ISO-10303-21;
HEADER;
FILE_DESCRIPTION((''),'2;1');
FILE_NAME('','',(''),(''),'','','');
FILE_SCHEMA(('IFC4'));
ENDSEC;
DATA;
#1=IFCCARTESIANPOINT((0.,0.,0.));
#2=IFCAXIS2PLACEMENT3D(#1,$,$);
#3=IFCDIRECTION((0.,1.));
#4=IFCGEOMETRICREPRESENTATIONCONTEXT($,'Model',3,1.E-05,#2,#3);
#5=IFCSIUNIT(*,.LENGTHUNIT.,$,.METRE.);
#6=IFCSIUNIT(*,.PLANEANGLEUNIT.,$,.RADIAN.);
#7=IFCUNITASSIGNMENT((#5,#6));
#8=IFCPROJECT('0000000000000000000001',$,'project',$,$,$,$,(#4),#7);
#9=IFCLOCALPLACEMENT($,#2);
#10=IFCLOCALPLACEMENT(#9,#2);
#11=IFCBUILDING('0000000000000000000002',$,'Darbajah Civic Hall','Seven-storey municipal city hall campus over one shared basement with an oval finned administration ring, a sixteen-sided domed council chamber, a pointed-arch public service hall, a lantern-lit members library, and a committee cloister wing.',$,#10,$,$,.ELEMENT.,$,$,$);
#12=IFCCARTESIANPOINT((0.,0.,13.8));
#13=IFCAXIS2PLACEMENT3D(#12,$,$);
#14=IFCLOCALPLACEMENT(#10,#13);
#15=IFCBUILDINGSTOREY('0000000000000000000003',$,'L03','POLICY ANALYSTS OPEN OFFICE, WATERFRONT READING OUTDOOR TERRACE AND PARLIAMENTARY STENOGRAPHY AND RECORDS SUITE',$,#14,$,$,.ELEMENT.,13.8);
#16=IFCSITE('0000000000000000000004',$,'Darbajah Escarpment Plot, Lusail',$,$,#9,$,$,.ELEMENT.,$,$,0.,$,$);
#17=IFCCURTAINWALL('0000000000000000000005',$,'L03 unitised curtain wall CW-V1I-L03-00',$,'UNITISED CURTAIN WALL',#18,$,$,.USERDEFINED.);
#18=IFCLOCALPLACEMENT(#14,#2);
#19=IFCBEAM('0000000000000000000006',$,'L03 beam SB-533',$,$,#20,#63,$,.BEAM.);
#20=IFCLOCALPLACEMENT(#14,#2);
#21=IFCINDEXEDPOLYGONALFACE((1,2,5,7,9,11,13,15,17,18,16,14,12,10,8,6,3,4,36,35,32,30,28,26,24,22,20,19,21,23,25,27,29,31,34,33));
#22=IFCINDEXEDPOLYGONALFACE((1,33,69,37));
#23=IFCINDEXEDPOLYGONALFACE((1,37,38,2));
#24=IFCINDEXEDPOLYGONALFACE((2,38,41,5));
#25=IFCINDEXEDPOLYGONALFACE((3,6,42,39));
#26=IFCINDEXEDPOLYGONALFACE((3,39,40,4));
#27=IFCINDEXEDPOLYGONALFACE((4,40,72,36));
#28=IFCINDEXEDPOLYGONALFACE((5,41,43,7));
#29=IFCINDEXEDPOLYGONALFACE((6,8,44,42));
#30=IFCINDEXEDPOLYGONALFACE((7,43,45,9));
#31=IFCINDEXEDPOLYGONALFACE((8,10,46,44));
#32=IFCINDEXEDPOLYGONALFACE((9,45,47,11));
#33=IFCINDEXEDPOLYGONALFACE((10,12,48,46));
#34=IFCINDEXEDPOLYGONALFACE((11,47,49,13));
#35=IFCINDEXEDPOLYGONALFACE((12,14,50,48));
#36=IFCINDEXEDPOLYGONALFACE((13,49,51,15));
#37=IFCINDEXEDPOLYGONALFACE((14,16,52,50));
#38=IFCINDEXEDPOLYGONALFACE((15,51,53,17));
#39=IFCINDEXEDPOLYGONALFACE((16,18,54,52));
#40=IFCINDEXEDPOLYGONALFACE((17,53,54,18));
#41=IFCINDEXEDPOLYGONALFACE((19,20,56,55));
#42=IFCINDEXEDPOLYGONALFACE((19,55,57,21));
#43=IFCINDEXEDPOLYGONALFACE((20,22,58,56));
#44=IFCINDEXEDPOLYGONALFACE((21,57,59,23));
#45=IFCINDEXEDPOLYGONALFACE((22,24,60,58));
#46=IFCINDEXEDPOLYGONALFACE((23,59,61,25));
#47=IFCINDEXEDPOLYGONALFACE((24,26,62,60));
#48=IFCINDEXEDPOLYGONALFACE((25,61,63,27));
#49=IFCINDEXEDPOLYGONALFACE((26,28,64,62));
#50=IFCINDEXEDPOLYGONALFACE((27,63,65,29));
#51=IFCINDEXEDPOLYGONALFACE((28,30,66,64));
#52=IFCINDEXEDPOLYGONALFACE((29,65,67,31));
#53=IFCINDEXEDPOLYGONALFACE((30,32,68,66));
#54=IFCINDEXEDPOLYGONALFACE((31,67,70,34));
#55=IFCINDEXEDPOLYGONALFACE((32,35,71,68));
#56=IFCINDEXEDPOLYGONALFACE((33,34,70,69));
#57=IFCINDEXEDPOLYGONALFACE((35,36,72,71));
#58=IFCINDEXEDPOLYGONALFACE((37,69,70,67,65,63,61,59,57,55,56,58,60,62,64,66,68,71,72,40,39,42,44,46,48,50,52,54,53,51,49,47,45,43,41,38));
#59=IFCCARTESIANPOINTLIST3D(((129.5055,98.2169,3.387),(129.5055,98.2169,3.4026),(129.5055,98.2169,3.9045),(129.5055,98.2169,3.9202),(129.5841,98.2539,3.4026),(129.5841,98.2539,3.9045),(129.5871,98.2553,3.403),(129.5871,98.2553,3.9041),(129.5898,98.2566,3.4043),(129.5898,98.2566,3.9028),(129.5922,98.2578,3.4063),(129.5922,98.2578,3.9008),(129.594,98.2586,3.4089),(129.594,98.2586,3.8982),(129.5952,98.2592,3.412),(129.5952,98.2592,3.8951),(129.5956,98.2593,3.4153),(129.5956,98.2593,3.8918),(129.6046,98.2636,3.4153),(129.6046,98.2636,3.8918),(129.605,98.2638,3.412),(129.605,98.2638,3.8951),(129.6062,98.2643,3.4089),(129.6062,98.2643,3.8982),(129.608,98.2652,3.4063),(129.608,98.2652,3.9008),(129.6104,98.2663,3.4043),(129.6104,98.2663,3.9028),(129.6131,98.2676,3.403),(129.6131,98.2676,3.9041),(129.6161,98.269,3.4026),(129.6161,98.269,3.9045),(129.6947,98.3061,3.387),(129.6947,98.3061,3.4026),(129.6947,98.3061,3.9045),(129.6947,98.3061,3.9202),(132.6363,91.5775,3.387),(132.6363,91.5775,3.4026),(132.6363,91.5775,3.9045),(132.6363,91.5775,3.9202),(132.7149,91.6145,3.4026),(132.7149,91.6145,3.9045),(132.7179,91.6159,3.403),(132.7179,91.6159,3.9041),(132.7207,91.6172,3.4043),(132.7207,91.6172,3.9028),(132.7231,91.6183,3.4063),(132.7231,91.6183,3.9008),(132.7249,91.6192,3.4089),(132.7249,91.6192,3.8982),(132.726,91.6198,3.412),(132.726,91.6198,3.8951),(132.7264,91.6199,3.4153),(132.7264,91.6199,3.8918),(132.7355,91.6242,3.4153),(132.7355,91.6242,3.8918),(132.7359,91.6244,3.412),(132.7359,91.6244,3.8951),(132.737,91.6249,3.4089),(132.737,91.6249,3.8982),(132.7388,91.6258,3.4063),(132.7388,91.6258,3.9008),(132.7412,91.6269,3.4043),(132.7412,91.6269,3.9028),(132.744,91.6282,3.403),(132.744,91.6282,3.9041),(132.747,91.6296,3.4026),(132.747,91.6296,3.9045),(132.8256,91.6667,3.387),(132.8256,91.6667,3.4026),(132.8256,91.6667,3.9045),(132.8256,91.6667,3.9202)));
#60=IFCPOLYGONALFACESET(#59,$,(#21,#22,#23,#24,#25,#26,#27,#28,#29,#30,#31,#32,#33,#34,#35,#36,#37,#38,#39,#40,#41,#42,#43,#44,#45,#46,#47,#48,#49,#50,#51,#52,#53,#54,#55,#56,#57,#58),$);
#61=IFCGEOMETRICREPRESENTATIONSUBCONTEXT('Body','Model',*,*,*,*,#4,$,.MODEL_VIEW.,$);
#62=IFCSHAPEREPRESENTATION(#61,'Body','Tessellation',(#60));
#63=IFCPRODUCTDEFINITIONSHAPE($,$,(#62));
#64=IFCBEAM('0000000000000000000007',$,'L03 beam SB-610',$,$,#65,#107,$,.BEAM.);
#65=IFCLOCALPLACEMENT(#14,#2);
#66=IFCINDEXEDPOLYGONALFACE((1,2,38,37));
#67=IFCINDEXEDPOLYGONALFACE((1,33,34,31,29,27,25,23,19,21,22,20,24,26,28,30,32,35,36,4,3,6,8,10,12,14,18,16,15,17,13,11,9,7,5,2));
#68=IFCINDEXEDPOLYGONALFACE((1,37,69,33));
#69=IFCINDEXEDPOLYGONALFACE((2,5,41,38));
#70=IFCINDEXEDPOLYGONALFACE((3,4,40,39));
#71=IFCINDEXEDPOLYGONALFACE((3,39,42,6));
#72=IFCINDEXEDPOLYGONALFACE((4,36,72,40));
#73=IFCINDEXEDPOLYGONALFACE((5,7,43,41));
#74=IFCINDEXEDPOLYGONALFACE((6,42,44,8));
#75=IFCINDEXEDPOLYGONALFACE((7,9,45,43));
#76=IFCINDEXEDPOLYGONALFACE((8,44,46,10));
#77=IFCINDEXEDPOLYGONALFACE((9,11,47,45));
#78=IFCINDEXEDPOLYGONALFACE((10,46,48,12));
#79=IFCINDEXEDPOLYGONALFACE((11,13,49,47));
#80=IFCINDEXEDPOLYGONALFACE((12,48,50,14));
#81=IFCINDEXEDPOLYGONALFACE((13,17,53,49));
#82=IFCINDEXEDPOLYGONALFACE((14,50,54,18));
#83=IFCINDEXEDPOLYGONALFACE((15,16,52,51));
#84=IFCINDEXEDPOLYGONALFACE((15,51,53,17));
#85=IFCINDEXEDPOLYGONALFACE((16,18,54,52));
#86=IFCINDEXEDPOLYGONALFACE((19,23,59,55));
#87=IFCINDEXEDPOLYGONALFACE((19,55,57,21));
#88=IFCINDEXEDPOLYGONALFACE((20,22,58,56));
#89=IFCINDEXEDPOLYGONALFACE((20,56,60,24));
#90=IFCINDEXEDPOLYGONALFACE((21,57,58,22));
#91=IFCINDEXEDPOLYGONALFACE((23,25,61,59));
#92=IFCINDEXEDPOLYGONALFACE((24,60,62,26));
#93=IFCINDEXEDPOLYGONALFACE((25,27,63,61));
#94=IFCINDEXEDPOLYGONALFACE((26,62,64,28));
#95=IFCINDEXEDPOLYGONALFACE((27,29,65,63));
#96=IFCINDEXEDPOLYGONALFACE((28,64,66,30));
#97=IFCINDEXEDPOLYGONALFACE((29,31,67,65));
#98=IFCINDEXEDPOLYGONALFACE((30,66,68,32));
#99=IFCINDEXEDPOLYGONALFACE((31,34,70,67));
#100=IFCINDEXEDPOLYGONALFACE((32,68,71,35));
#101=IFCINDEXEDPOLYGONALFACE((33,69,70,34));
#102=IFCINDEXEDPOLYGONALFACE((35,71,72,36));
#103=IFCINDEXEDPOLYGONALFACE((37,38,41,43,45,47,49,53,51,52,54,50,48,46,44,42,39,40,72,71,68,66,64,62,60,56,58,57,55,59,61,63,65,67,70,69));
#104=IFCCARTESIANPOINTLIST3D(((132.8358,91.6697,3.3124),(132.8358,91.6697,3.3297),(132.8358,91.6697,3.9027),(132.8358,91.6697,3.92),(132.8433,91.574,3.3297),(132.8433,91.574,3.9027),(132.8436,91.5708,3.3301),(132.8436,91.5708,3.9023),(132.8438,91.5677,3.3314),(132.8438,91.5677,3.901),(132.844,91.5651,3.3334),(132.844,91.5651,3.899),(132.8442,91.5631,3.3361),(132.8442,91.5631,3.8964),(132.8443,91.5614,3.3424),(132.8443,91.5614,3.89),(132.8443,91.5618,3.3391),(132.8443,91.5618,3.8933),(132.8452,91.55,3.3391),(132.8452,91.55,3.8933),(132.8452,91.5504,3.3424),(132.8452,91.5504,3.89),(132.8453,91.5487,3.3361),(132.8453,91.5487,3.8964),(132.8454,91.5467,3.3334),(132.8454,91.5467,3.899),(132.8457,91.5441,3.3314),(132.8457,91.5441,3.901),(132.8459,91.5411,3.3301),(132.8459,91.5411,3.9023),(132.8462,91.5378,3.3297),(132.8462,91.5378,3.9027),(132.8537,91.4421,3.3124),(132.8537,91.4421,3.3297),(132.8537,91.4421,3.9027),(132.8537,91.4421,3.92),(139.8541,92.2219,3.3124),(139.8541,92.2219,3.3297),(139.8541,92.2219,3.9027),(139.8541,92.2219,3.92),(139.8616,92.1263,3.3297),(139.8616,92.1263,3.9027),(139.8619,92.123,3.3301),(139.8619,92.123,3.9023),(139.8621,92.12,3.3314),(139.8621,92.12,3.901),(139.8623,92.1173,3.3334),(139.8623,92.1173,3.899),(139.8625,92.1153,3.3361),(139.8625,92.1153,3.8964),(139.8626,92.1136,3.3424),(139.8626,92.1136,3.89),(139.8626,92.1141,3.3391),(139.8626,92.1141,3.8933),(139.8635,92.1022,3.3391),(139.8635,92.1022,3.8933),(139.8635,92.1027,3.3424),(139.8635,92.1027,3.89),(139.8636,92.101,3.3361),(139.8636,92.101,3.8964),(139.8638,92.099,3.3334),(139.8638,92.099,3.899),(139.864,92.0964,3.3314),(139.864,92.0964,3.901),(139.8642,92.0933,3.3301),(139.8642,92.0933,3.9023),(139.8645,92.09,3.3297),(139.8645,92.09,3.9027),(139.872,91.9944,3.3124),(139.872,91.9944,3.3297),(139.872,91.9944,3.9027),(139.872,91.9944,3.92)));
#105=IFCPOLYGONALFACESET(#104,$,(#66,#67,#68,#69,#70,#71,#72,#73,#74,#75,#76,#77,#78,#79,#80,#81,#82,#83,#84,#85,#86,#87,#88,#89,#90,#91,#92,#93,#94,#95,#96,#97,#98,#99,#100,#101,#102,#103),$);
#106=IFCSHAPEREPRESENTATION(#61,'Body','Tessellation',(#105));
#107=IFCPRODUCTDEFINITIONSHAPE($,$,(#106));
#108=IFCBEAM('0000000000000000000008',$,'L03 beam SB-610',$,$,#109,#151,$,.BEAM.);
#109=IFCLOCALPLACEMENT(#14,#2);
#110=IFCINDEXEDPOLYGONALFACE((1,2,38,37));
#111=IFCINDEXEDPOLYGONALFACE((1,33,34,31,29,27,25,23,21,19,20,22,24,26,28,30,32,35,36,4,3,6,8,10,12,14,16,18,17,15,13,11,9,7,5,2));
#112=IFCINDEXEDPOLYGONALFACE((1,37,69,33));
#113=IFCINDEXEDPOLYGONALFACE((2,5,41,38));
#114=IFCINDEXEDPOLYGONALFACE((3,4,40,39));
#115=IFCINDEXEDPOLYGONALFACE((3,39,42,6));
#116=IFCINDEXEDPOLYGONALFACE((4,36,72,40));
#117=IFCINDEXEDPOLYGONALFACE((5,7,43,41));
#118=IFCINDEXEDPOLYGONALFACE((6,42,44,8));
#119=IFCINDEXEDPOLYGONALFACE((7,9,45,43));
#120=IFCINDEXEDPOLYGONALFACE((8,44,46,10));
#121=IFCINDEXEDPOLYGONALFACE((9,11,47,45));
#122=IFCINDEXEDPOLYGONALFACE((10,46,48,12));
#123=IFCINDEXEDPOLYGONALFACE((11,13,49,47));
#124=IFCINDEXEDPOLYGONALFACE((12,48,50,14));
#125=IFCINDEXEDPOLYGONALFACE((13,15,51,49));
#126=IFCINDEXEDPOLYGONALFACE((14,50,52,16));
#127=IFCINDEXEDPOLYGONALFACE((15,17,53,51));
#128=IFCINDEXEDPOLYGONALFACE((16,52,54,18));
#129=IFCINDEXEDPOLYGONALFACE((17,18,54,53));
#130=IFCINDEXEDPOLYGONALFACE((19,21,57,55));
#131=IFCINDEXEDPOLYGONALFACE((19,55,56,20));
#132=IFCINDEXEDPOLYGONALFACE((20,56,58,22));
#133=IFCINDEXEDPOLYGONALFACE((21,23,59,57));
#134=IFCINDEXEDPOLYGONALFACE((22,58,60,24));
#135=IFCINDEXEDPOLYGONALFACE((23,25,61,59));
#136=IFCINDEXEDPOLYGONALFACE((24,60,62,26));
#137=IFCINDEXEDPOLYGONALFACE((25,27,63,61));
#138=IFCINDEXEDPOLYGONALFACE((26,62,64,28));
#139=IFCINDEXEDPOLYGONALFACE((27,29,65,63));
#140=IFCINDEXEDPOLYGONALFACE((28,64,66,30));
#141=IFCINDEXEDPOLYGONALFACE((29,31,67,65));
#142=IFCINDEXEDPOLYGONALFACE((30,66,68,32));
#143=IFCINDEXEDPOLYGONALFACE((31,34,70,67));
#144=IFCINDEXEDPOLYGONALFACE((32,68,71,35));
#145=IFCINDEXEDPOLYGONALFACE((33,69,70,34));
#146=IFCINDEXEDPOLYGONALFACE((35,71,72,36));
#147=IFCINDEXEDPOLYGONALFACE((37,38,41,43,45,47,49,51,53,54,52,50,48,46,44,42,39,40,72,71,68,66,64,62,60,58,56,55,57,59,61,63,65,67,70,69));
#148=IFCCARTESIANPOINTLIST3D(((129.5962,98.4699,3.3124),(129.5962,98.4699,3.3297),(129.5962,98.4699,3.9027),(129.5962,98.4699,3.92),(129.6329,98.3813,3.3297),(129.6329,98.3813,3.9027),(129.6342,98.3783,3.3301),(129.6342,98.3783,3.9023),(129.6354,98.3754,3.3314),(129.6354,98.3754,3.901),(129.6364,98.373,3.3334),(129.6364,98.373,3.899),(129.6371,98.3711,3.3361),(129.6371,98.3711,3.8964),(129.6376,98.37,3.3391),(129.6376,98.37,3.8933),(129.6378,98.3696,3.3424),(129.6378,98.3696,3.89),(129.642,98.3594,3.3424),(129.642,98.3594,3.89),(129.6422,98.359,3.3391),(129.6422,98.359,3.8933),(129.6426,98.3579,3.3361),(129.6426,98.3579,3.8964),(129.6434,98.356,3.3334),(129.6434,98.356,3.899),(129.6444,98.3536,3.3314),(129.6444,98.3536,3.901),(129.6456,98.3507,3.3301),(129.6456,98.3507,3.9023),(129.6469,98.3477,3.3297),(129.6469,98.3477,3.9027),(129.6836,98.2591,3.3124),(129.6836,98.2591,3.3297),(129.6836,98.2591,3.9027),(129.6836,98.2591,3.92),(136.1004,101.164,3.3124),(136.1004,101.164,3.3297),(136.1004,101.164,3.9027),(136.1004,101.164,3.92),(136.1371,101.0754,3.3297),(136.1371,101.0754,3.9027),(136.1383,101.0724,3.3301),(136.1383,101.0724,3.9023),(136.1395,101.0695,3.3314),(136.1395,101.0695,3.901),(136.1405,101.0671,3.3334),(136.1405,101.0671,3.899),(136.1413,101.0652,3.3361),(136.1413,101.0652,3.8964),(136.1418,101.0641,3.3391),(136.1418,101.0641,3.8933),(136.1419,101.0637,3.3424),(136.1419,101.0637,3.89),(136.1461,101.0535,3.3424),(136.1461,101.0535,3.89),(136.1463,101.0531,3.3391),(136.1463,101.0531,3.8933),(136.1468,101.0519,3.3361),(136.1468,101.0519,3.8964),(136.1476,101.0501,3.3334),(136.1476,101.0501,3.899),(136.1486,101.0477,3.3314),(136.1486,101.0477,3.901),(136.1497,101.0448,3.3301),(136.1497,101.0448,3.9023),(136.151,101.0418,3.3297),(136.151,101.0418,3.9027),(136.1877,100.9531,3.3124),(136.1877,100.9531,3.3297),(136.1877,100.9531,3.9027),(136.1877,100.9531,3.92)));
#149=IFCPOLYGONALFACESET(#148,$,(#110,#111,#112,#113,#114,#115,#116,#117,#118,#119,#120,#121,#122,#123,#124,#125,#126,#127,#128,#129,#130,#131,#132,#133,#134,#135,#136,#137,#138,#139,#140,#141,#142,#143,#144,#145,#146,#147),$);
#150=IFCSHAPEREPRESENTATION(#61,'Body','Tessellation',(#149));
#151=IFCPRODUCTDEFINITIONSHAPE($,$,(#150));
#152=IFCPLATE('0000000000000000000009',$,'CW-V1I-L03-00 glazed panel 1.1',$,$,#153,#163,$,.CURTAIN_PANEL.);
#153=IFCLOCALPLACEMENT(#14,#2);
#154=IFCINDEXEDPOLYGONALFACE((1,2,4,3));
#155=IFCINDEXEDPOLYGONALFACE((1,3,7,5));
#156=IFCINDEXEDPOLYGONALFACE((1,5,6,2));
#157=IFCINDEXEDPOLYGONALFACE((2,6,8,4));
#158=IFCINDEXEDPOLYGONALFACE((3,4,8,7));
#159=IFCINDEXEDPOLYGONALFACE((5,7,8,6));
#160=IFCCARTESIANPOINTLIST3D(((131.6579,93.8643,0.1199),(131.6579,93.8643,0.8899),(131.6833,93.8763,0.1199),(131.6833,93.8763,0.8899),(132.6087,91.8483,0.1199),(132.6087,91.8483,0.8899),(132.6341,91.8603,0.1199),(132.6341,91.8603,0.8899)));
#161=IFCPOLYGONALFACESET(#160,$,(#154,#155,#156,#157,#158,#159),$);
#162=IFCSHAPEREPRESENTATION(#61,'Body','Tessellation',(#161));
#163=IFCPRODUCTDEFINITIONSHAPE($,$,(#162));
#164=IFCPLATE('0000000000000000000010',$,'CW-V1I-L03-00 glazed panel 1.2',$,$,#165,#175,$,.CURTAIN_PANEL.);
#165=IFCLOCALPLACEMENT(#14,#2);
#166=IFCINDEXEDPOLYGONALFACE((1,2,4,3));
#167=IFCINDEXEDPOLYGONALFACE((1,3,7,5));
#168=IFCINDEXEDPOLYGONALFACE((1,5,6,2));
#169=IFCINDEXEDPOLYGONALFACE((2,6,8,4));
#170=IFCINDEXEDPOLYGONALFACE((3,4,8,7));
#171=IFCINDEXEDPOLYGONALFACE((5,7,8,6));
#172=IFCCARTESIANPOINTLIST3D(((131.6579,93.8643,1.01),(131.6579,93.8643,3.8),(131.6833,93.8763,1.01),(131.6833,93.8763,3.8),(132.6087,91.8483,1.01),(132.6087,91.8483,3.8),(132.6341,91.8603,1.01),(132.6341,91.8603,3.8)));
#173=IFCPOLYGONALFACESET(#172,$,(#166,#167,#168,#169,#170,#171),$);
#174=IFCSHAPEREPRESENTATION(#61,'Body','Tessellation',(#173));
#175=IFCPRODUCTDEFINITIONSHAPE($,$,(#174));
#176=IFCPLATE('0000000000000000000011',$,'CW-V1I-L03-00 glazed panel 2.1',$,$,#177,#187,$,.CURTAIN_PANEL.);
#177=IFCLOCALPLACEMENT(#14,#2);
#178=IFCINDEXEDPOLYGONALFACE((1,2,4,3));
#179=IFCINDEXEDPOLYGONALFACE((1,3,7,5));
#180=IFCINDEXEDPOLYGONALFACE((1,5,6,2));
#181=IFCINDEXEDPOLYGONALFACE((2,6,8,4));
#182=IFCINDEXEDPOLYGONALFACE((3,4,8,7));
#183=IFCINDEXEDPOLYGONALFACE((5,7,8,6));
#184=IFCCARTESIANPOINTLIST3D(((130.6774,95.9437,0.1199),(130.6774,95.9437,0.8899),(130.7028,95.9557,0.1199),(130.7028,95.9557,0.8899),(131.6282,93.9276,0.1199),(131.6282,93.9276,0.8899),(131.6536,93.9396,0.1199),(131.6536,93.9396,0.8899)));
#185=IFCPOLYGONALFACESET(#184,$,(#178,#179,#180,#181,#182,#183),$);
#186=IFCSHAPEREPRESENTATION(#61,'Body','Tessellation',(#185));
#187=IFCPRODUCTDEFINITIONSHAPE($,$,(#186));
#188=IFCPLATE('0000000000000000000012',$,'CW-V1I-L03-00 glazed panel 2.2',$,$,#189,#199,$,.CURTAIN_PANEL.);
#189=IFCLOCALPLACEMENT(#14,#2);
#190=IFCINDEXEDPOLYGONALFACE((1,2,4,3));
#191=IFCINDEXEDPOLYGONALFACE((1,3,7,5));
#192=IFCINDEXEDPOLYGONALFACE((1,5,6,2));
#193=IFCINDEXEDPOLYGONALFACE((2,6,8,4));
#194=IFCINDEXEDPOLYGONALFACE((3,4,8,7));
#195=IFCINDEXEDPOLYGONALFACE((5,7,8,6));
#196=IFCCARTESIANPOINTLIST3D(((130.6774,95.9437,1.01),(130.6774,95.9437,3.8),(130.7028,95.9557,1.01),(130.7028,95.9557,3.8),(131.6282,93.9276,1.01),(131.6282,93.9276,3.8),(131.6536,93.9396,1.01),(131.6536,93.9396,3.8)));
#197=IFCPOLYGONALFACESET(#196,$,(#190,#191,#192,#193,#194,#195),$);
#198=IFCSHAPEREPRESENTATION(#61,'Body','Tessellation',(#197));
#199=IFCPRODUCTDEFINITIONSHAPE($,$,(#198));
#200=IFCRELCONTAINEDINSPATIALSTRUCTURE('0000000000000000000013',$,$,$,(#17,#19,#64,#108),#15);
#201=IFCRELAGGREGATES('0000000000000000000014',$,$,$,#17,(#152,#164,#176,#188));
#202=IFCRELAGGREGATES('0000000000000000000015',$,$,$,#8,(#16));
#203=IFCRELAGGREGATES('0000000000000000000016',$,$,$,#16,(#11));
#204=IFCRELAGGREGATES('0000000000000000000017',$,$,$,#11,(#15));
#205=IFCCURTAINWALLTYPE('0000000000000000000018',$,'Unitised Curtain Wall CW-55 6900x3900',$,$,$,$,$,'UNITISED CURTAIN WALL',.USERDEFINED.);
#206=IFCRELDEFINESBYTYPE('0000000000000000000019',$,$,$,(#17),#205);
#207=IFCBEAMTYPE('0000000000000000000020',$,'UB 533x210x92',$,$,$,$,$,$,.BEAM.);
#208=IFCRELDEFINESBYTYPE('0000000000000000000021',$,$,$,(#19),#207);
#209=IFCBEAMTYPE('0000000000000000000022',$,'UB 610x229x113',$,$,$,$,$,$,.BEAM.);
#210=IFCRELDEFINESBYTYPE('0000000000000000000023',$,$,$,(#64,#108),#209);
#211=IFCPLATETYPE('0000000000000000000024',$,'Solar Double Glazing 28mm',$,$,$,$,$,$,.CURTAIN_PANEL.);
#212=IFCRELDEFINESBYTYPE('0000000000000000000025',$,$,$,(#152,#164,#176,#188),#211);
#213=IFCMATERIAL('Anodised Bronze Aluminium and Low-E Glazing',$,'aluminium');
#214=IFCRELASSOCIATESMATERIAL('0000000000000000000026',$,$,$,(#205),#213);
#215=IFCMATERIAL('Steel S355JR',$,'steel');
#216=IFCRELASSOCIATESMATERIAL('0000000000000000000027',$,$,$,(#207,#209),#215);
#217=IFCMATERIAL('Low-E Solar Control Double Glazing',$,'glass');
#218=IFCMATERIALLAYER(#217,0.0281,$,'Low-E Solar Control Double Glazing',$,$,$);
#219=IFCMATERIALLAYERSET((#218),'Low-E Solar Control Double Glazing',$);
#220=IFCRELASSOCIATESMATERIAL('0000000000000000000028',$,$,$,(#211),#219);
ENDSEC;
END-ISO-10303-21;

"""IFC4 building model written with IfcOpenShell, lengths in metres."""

from ifc_helpers import new_model, si_unit, direction, frame, origin, origin_2d, place, context, subcontext, project, spatial, rectangle, i_section, extrude, material, layer, layer_set, material_profile, profile_set, type_object, element, aggregate, save


model = new_model("IFC4")

# Units and contexts
model_context = context("Model", 3, precision=1e-05, world=origin(), true_north=direction((0.0, 1.0)))
body_context = subcontext(model_context, "Body", "Model", "MODEL_VIEW")
ifc_project = project(units=[si_unit("LENGTHUNIT", "METRE"), si_unit("PLANEANGLEUNIT", "RADIAN")], contexts=[model_context])

# Site, building, storey
site_placement = place(None, origin())
site = spatial("IfcSite", under=ifc_project, at=site_placement, Name="Darbajah Escarpment Plot, Lusail", CompositionType="ELEMENT", RefElevation=0.0)
building_placement = place(site_placement, origin())
building = spatial("IfcBuilding", under=site, at=building_placement, Name="Darbajah Civic Hall", Description="Seven-storey municipal city hall campus over one shared basement with an oval finned administration ring, a sixteen-sided domed council chamber, a pointed-arch public service hall, a lantern-lit members library, and a committee cloister wing.", CompositionType="ELEMENT")
storey_placement = place(building_placement, frame((0.0, 0.0, 13.8)))
storey = spatial("IfcBuildingStorey", under=building, at=storey_placement, Name="L03", Description="POLICY ANALYSTS OPEN OFFICE, WATERFRONT READING OUTDOOR TERRACE AND PARLIAMENTARY STENOGRAPHY AND RECORDS SUITE", CompositionType="ELEMENT", Elevation=13.8)

# Curtain wall
ifc_material_1 = material(Name="Anodised Bronze Aluminium and Low-E Glazing", Category="aluminium")
curtain_wall_type = type_object("IfcCurtainWallType", Name="Unitised Curtain Wall CW-55 6900x3900", ElementType="UNITISED CURTAIN WALL", PredefinedType="USERDEFINED", material=ifc_material_1)
curtain_wall_placement = place(storey_placement, origin())
curtain_wall = element("IfcCurtainWall", 1, at=curtain_wall_placement, inside=storey, type_object=curtain_wall_type, Name="L03 unitised curtain wall CW-V1I-L03-00", ObjectType="UNITISED CURTAIN WALL", PredefinedType="USERDEFINED")

# Beams
ifc_material_2 = material(Name="Steel S355JR", Category="steel")
ifc_material_profile_1 = material_profile(ifc_material_2, i_section(OverallWidth=0.2092, OverallDepth=0.5332, WebThickness=0.01, FlangeThickness=0.0156, FilletRadius=0.0127, at=origin_2d()), Name="UB 533x210x92")
ifc_profile_set_1 = profile_set([ifc_material_profile_1], Name="Steel S355JR")
beam_type_1 = type_object("IfcBeamType", Name="UB 533x210x92", PredefinedType="BEAM", material=ifc_profile_set_1)
beam_1_placement = place(storey_placement, frame((132.731, 91.6221, 3.6536), z_axis=(-0.426514, 0.904481, 0.0), x_axis=(-0.904481, -0.426514, 0.0)))
element("IfcBeam", 2, at=beam_1_placement, inside=storey, type_object=beam_type_1, Name="L03 beam SB-533", PredefinedType="BEAM", context=body_context, shape_type="SweptSolid", body=[
    extrude(i_section(OverallWidth=0.2092, OverallDepth=0.5332, WebThickness=0.01, FlangeThickness=0.0156, FilletRadius=0.0127, at=origin_2d()), origin(), (0.0, 0.0, 1.0), 7.3406),
])
ifc_material_profile_2 = material_profile(ifc_material_2, i_section(OverallWidth=0.2283, OverallDepth=0.6077, WebThickness=0.011, FlangeThickness=0.0173, FilletRadius=0.0127, at=origin_2d()), Name="UB 610x229x113")
ifc_profile_set_2 = profile_set([ifc_material_profile_2], Name="Steel S355JR")
beam_type_2 = type_object("IfcBeamType", Name="UB 610x229x113", PredefinedType="BEAM", material=ifc_profile_set_2)
for number, where, z_axis, x_axis, name in (
    (3, (132.8447, 91.5559, 3.6162), (0.996919, 0.078444, 0.0), (-0.078444, 0.996919, 0.0), "L03 beam SB-610"),
    (4, (129.6399, 98.3645, 3.6162), (0.92388, 0.382682, 0.0), (-0.382682, 0.92388, 0.0), "L03 beam SB-610"),
):
    element("IfcBeam", number, at=place(storey_placement, frame(where, z_axis=z_axis, x_axis=x_axis)), inside=storey, type_object=beam_type_2, Name=name, PredefinedType="BEAM", context=body_context, shape_type="SweptSolid", body=[
        extrude(i_section(OverallWidth=0.2283, OverallDepth=0.6077, WebThickness=0.011, FlangeThickness=0.0173, FilletRadius=0.0127, at=origin_2d()), origin(), (0.0, 0.0, 1.0), 7.04),
    ])

# Plates
ifc_material_3 = material(Name="Low-E Solar Control Double Glazing", Category="glass")
ifc_layer_1 = layer(ifc_material_3, 0.0281, Name="Low-E Solar Control Double Glazing")
ifc_layer_set_1 = layer_set([ifc_layer_1], Name="Low-E Solar Control Double Glazing")
plate_type = type_object("IfcPlateType", Name="Solar Double Glazing 28mm", PredefinedType="CURTAIN_PANEL", material=ifc_layer_set_1)
plate_1_placement = place(storey_placement, frame((132.146, 92.8623, 0.1199), z_axis=(0.0, 0.0, 1.0), x_axis=(-0.426569, 0.904455, 0.0)))
plate_1 = element("IfcPlate", 5, at=plate_1_placement, type_object=plate_type, Name="CW-V1I-L03-00 glazed panel 1.1", PredefinedType="CURTAIN_PANEL", context=body_context, shape_type="SweptSolid", body=[
    extrude(rectangle(XDim=2.229, YDim=0.0281, at=origin_2d()), origin(), (0.0, 0.0, 1.0), 0.77),
])
plate_2_placement = place(storey_placement, frame((132.146, 92.8623, 1.01), z_axis=(0.0, 0.0, 1.0), x_axis=(-0.426569, 0.904455, 0.0)))
plate_2 = element("IfcPlate", 6, at=plate_2_placement, type_object=plate_type, Name="CW-V1I-L03-00 glazed panel 1.2", PredefinedType="CURTAIN_PANEL", context=body_context, shape_type="SweptSolid", body=[
    extrude(rectangle(XDim=2.229, YDim=0.0281, at=origin_2d()), origin(), (0.0, 0.0, 1.0), 2.79),
])
plate_3_placement = place(storey_placement, frame((131.1655, 94.9417, 0.1199), z_axis=(0.0, 0.0, 1.0), x_axis=(-0.426569, 0.904455, 0.0)))
plate_3 = element("IfcPlate", 7, at=plate_3_placement, type_object=plate_type, Name="CW-V1I-L03-00 glazed panel 2.1", PredefinedType="CURTAIN_PANEL", context=body_context, shape_type="SweptSolid", body=[
    extrude(rectangle(XDim=2.229, YDim=0.0281, at=origin_2d()), origin(), (0.0, 0.0, 1.0), 0.77),
])
plate_4_placement = place(storey_placement, frame((131.1655, 94.9417, 1.01), z_axis=(0.0, 0.0, 1.0), x_axis=(-0.426569, 0.904455, 0.0)))
plate_4 = element("IfcPlate", 8, at=plate_4_placement, type_object=plate_type, Name="CW-V1I-L03-00 glazed panel 2.2", PredefinedType="CURTAIN_PANEL", context=body_context, shape_type="SweptSolid", body=[
    extrude(rectangle(XDim=2.229, YDim=0.0281, at=origin_2d()), origin(), (0.0, 0.0, 1.0), 2.79),
])
aggregate(curtain_wall, [plate_1, plate_2, plate_3, plate_4])

save(model, "model.ifc")
